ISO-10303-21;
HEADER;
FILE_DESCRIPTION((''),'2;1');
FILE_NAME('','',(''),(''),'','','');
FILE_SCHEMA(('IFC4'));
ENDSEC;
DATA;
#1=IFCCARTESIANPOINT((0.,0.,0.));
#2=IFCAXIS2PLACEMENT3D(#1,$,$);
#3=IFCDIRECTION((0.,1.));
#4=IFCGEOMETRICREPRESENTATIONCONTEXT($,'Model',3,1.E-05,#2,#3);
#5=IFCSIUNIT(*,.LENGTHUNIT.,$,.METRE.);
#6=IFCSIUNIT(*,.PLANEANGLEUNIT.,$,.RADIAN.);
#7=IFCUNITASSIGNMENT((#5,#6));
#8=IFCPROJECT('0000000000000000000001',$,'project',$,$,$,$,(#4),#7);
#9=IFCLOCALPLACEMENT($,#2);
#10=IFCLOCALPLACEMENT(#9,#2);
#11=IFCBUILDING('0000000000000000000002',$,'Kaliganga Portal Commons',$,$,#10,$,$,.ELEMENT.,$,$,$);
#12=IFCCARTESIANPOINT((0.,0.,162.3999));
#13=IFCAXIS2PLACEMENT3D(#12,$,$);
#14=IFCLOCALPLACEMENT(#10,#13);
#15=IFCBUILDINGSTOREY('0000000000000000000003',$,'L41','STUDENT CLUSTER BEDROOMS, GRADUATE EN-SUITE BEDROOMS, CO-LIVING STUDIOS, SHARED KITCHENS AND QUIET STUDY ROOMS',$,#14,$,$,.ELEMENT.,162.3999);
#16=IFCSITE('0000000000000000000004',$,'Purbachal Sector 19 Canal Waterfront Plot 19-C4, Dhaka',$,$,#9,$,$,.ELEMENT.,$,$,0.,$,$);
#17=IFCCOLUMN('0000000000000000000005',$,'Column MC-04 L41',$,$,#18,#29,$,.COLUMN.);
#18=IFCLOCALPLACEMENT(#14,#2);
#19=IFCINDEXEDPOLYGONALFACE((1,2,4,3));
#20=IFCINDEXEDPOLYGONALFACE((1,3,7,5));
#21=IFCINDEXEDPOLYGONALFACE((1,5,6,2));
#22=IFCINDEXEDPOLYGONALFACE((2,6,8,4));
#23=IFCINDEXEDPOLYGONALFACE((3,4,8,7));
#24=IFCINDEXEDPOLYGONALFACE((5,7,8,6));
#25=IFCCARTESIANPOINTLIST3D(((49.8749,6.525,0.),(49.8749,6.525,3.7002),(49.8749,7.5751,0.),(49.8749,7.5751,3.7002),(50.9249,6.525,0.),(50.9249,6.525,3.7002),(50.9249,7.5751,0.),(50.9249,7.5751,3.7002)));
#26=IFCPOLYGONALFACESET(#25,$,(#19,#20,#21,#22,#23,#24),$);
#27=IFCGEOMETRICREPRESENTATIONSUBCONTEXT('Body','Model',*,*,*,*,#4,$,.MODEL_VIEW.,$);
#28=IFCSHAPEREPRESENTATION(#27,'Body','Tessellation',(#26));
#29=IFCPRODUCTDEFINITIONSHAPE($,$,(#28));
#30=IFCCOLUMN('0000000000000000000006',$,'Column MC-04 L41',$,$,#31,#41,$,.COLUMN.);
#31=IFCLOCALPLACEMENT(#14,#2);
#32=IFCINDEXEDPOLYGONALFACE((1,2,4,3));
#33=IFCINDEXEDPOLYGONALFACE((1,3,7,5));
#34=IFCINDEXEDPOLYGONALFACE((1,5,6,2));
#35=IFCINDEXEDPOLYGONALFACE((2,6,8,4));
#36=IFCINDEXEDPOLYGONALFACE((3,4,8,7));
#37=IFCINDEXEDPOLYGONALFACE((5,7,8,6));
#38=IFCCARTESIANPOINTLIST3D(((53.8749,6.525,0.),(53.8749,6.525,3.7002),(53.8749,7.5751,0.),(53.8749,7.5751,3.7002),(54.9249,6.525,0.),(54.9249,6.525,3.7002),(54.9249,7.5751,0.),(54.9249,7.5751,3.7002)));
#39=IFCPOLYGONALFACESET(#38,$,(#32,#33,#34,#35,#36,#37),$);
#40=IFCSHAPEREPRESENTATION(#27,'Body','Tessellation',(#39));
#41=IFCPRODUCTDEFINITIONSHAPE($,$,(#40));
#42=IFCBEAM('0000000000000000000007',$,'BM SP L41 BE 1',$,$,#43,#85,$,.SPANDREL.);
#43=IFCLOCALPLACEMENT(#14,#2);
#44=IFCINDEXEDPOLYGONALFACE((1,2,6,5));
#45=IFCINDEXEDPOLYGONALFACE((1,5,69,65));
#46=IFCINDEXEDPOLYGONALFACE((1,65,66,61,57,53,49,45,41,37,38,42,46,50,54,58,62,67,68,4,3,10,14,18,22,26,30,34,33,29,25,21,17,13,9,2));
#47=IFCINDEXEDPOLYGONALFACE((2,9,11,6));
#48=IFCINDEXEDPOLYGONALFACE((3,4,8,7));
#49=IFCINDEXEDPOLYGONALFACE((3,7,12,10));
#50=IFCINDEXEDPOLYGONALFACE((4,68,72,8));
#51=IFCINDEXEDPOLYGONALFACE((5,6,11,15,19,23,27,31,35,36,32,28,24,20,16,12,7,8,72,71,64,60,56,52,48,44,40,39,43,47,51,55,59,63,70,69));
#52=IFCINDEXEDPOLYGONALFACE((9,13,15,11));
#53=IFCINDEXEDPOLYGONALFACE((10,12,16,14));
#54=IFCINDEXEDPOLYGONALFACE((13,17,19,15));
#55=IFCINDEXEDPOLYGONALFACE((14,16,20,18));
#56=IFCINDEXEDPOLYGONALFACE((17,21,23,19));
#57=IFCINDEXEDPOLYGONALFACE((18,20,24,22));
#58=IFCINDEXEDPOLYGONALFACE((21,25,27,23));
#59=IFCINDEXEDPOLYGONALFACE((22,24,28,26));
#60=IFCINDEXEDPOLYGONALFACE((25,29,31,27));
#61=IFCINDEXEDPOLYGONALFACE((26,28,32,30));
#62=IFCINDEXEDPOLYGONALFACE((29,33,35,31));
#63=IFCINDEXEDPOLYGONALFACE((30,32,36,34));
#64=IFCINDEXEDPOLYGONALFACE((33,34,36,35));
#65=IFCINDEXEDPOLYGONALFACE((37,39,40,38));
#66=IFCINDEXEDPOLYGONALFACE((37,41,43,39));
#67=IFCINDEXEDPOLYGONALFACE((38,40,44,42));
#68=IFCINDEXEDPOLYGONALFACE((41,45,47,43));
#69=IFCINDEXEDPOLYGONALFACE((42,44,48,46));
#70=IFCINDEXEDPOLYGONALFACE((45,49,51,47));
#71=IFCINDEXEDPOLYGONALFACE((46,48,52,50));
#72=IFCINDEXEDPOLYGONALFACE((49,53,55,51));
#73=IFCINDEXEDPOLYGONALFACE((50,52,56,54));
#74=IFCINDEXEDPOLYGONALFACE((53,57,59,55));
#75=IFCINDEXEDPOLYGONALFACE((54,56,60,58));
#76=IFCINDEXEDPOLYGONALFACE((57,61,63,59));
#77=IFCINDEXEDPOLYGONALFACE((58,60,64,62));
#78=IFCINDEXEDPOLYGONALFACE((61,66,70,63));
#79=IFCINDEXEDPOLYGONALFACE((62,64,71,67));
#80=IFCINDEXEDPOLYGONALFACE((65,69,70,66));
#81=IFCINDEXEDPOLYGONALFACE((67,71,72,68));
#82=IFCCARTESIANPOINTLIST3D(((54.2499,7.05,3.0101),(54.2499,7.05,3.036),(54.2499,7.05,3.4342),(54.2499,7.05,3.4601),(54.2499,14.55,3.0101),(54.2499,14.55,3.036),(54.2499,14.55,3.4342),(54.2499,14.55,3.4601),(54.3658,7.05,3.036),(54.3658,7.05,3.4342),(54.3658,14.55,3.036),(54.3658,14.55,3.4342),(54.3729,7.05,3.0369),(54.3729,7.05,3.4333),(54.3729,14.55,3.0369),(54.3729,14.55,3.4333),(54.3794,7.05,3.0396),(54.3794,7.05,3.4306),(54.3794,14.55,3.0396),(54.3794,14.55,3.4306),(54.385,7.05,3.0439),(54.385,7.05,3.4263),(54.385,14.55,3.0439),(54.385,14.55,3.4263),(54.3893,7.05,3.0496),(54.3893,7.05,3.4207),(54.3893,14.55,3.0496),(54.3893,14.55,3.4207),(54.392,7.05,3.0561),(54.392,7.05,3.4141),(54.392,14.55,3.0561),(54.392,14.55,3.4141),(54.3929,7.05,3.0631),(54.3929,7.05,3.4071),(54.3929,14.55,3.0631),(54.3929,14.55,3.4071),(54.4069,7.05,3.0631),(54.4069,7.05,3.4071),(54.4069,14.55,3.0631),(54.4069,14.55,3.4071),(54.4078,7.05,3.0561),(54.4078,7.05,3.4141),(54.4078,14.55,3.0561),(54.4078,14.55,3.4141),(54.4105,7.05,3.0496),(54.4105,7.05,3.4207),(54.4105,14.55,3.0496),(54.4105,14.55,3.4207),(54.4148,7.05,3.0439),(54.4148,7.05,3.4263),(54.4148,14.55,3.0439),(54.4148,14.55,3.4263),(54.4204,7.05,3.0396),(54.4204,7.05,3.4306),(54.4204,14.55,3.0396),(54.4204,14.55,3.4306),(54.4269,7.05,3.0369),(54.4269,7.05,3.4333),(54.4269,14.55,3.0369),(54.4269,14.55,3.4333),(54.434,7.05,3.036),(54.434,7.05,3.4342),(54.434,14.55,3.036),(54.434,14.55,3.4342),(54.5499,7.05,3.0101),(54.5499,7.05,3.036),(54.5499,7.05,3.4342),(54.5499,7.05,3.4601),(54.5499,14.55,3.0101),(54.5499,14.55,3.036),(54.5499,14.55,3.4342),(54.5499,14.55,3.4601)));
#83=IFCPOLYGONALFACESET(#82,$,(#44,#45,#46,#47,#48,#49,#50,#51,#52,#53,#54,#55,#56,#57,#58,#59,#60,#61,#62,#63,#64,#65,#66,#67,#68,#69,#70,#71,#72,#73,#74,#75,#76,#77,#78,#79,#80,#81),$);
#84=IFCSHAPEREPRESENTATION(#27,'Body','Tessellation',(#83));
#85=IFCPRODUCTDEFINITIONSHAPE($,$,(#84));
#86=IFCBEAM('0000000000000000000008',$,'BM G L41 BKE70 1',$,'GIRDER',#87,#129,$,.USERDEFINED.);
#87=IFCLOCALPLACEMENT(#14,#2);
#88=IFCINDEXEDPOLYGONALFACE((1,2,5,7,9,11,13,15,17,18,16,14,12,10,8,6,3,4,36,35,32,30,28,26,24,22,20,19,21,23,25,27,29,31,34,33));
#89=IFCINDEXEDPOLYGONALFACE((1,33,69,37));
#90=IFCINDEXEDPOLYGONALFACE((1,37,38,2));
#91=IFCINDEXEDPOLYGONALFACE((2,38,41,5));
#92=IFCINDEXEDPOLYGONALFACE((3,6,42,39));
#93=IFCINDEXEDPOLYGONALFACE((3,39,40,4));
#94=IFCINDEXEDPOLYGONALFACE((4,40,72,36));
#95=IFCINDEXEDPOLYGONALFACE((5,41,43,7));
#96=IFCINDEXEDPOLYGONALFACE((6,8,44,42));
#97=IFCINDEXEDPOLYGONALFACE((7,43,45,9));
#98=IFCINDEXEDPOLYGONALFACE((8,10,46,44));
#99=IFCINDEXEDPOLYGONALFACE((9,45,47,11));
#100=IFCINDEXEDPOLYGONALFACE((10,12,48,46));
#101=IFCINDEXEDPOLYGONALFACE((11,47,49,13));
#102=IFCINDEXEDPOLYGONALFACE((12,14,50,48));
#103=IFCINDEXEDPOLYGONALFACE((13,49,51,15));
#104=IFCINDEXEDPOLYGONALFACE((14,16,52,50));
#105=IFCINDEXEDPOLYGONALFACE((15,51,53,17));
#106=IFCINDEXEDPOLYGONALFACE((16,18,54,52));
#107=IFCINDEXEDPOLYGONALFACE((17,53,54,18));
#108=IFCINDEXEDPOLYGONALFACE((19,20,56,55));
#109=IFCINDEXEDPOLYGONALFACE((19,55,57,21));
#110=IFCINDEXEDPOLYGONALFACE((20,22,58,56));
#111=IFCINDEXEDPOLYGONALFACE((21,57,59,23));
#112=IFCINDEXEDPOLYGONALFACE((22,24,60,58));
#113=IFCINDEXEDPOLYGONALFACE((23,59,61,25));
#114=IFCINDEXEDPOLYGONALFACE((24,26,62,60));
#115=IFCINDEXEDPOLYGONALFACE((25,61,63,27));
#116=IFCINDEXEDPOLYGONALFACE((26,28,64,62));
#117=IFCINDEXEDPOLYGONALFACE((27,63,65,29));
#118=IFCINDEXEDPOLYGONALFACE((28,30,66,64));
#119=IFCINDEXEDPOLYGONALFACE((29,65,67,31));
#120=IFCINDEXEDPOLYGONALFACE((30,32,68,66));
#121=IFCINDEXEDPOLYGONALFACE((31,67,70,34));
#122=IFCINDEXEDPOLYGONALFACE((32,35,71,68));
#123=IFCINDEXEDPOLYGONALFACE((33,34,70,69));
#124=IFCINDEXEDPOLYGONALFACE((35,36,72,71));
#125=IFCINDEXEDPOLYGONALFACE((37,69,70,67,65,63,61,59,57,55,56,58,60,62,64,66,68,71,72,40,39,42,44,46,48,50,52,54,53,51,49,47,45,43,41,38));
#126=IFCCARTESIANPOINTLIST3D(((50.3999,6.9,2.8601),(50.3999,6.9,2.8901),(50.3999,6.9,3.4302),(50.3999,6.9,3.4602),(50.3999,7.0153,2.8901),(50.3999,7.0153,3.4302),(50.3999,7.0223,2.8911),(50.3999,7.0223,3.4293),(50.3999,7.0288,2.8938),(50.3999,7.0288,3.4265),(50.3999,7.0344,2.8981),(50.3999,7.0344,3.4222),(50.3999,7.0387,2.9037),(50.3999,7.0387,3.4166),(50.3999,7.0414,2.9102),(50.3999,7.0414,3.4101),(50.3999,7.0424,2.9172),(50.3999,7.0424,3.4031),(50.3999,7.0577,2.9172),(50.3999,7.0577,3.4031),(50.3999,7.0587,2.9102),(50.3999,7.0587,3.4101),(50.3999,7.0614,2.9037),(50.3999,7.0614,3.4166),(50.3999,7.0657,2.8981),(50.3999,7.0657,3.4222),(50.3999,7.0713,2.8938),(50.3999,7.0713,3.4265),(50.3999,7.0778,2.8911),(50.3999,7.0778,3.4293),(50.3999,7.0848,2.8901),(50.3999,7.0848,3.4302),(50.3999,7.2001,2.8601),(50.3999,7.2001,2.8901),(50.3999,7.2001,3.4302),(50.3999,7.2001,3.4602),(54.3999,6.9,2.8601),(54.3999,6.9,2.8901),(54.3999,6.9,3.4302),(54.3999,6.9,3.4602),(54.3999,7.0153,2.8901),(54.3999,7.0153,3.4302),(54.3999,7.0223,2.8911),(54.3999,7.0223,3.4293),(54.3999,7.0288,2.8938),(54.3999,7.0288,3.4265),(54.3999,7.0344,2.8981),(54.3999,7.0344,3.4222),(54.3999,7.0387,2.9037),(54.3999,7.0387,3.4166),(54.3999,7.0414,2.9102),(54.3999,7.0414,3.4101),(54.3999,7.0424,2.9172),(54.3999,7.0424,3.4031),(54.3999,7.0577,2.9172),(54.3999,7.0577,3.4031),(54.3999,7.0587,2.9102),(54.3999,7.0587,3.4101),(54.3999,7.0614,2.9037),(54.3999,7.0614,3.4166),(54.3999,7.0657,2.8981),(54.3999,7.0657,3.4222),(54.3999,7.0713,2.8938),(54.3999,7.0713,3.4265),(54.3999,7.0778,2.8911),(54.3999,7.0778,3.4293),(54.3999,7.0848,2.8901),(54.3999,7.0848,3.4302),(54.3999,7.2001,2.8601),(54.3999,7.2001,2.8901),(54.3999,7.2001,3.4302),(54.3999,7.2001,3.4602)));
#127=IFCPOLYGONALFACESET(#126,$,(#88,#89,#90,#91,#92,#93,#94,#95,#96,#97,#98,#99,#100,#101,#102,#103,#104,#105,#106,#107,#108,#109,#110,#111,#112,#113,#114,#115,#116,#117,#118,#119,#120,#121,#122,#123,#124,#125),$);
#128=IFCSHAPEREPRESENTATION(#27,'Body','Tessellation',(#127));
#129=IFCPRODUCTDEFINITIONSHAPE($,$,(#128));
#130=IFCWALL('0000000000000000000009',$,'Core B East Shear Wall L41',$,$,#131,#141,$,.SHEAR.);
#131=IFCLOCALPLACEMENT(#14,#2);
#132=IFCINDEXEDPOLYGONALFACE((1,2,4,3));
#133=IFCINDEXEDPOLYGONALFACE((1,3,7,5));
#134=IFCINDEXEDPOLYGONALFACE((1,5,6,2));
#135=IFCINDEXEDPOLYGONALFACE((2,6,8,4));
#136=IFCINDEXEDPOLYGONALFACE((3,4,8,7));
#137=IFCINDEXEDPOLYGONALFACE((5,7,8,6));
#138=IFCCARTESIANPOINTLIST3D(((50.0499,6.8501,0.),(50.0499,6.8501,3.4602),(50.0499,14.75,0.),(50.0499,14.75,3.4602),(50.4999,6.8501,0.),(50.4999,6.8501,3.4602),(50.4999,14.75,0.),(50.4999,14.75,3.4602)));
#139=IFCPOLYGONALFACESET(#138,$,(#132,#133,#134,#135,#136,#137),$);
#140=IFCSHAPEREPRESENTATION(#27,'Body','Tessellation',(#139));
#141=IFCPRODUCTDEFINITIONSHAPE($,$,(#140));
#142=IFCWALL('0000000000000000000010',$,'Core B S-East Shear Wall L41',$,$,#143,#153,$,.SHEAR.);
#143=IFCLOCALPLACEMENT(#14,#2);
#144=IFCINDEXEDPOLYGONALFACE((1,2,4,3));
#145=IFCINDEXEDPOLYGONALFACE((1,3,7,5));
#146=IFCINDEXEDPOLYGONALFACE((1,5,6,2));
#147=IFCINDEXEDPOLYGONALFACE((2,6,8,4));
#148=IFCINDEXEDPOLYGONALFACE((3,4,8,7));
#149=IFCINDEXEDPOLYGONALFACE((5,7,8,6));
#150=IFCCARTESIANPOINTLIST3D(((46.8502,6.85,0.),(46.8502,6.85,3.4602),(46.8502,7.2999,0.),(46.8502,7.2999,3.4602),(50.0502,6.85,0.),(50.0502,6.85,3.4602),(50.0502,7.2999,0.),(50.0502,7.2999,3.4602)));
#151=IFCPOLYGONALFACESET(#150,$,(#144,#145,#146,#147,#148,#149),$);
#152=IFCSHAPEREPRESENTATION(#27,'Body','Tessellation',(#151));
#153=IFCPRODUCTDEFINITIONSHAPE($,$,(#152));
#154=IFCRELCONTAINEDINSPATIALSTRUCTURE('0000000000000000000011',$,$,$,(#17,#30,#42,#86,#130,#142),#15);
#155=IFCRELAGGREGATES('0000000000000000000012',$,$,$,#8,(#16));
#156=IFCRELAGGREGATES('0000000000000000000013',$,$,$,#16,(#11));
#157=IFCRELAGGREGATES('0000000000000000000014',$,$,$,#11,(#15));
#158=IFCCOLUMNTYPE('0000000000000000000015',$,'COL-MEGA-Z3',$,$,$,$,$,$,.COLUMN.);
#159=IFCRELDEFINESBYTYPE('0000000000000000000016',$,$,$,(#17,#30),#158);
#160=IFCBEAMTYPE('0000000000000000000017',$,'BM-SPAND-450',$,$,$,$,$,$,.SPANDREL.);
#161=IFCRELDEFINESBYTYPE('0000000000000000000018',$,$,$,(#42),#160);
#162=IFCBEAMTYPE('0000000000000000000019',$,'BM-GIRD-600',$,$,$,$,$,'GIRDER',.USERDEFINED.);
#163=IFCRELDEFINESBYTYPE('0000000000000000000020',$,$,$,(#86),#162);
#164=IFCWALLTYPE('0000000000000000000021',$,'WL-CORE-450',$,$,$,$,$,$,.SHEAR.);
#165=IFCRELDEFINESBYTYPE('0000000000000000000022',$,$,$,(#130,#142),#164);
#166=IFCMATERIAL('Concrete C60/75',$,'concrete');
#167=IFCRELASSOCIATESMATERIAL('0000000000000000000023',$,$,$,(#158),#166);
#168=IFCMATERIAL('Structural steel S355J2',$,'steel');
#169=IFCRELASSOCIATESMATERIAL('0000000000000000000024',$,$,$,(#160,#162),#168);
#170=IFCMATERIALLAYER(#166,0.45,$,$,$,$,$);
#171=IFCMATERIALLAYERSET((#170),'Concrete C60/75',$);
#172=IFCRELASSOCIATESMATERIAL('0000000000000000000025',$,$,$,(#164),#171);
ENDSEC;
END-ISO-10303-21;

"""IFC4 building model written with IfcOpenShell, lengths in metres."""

from ifc_helpers import new_model, si_unit, direction, frame, frame_2d, origin, origin_2d, place, context, subcontext, project, spatial, rectangle, i_section, extrude, source, transform, mapped, material, layer, layer_set, material_profile, profile_set, type_object, element, save


model = new_model("IFC4")

# Units and contexts
model_context = context("Model", 3, precision=1e-05, world=origin(), true_north=direction((0.0, 1.0)))
body_context = subcontext(model_context, "Body", "Model", "MODEL_VIEW")
ifc_project = project(units=[si_unit("LENGTHUNIT", "METRE"), si_unit("PLANEANGLEUNIT", "RADIAN")], contexts=[model_context])

# Site, building, storey
site_placement = place(None, origin())
site = spatial("IfcSite", under=ifc_project, at=site_placement, Name="Purbachal Sector 19 Canal Waterfront Plot 19-C4, Dhaka", CompositionType="ELEMENT", RefElevation=0.0)
building_placement = place(site_placement, origin())
building = spatial("IfcBuilding", under=site, at=building_placement, Name="Kaliganga Portal Commons", CompositionType="ELEMENT")
storey_placement = place(building_placement, frame((0.0, 0.0, 162.3999)))
storey = spatial("IfcBuildingStorey", under=building, at=storey_placement, Name="L41", Description="STUDENT CLUSTER BEDROOMS, GRADUATE EN-SUITE BEDROOMS, CO-LIVING STUDIOS, SHARED KITCHENS AND QUIET STUDY ROOMS", CompositionType="ELEMENT", Elevation=162.3999)

# Columns
ifc_material_1 = material(Name="Concrete C60/75", Category="concrete")
ifc_material_profile_1 = material_profile(ifc_material_1, rectangle(XDim=1.05, YDim=1.05, at=origin_2d()), Name="RC 1050x1050")
ifc_profile_set_1 = profile_set([ifc_material_profile_1], Name="Concrete C60/75")
column_type = type_object("IfcColumnType", Name="COL-MEGA-Z3", PredefinedType="COLUMN", material=ifc_profile_set_1)
shared_shape_1 = source(origin(), body_context, "Body", "SweptSolid", [
    extrude(rectangle(XDim=1.05, YDim=1.05, at=origin_2d()), origin(), (0.0, 0.0, 1.0), 3.7002),
])
for number, where, z_axis, x_axis, name in (
    (1, (50.3999, 7.05, 0.0), (0.0, 0.0, 1.0), (1.0, 0.0, 0.0), "Column MC-04 L41"),
    (2, (54.3999, 7.05, 0.0), (0.0, 0.0, 1.0), (1.0, 0.0, 0.0), "Column MC-04 L41"),
):
    element("IfcColumn", number, at=place(storey_placement, frame(where, z_axis=z_axis, x_axis=x_axis)), inside=storey, type_object=column_type, Name=name, PredefinedType="COLUMN", context=body_context, shape_type="MappedRepresentation", body=[
        mapped(shared_shape_1, transform((0.0, 0.0, 0.0), x_axis=(1.0, 0.0, 0.0), y_axis=(0.0, 1.0, 0.0), z_axis=(0.0, 0.0, 1.0), scale=1.0)),
    ])

# Beams
ifc_material_2 = material(Name="Structural steel S355J2", Category="steel")
ifc_material_profile_2 = material_profile(ifc_material_2, i_section(OverallWidth=0.3, OverallDepth=0.45, WebThickness=0.0139, FlangeThickness=0.0259, FilletRadius=0.0271, at=origin_2d()), Name="HE 450 B")
ifc_profile_set_2 = profile_set([ifc_material_profile_2], Name="Structural steel S355J2 wide-flange")
beam_type_1 = type_object("IfcBeamType", Name="BM-SPAND-450", PredefinedType="SPANDREL", material=ifc_profile_set_2)
shared_shape_2 = source(origin(), body_context, "Body", "SweptSolid", [
    extrude(i_section(OverallWidth=0.3, OverallDepth=0.45, WebThickness=0.0139, FlangeThickness=0.0259, FilletRadius=0.0271, at=origin_2d()), origin(), (0.0, 0.0, 1.0), 7.5),
])
beam_1_placement = place(storey_placement, frame((54.3999, 7.05, 3.2351), z_axis=(0.0, 1.0, 0.0), x_axis=(-1.0, 0.0, 0.0)))
element("IfcBeam", 3, at=beam_1_placement, inside=storey, type_object=beam_type_1, Name="BM SP L41 BE 1", PredefinedType="SPANDREL", context=body_context, shape_type="MappedRepresentation", body=[
    mapped(shared_shape_2, transform((0.0, 0.0, 0.0), x_axis=(1.0, 0.0, 0.0), y_axis=(0.0, 1.0, 0.0), z_axis=(0.0, 0.0, 1.0), scale=1.0)),
])
ifc_material_profile_3 = material_profile(ifc_material_2, i_section(OverallWidth=0.3, OverallDepth=0.6001, WebThickness=0.0154, FlangeThickness=0.03, FilletRadius=0.0271, at=origin_2d()), Name="HE 600 B")
ifc_profile_set_3 = profile_set([ifc_material_profile_3], Name="Structural steel S355J2 wide-flange")
beam_type_2 = type_object("IfcBeamType", Name="BM-GIRD-600", ElementType="GIRDER", PredefinedType="USERDEFINED", material=ifc_profile_set_3)
shared_shape_3 = source(origin(), body_context, "Body", "SweptSolid", [
    extrude(i_section(OverallWidth=0.3, OverallDepth=0.6001, WebThickness=0.0154, FlangeThickness=0.03, FilletRadius=0.0271, at=origin_2d()), origin(), (0.0, 0.0, 1.0), 4.0),
])
beam_2_placement = place(storey_placement, frame((50.3999, 7.05, 3.1602), z_axis=(1.0, 0.0, 0.0), x_axis=(0.0, 1.0, 0.0)))
element("IfcBeam", 4, at=beam_2_placement, inside=storey, type_object=beam_type_2, Name="BM G L41 BKE70 1", ObjectType="GIRDER", PredefinedType="USERDEFINED", context=body_context, shape_type="MappedRepresentation", body=[
    mapped(shared_shape_3, transform((0.0, 0.0, 0.0), x_axis=(1.0, 0.0, 0.0), y_axis=(0.0, 1.0, 0.0), z_axis=(0.0, 0.0, 1.0), scale=1.0)),
])

# Walls
ifc_layer_1 = layer(ifc_material_1, 0.45)
ifc_layer_set_1 = layer_set([ifc_layer_1], Name="Concrete C60/75")
wall_type_1 = type_object("IfcWallType", Name="WL-CORE-450", PredefinedType="SHEAR", material=ifc_layer_set_1)
wall_1_placement = place(storey_placement, frame((50.2749, 6.8501, 0.0), z_axis=(0.0, 0.0, 1.0), x_axis=(0.0, 1.0, 0.0)))
element("IfcWall", 5, at=wall_1_placement, inside=storey, type_object=wall_type_1, Name="Core B East Shear Wall L41", PredefinedType="SHEAR", context=body_context, shape_type="SweptSolid", body=[
    extrude(rectangle(XDim=7.8999, YDim=0.45, at=frame_2d((3.95, 0.0))), origin(), (0.0, 0.0, 1.0), 3.4602),
])
wall_2_placement = place(storey_placement, frame((46.8501, 7.075, 0.0), z_axis=(0.0, 0.0, 1.0), x_axis=(1.0, 0.0, 0.0)))
element("IfcWall", 6, at=wall_2_placement, inside=storey, type_object=wall_type_1, Name="Core B S-East Shear Wall L41", PredefinedType="SHEAR", context=body_context, shape_type="SweptSolid", body=[
    extrude(rectangle(XDim=3.2, YDim=0.45, at=frame_2d((1.6001, 0.0))), origin(), (0.0, 0.0, 1.0), 3.4602),
])

save(model, "model.ifc")
